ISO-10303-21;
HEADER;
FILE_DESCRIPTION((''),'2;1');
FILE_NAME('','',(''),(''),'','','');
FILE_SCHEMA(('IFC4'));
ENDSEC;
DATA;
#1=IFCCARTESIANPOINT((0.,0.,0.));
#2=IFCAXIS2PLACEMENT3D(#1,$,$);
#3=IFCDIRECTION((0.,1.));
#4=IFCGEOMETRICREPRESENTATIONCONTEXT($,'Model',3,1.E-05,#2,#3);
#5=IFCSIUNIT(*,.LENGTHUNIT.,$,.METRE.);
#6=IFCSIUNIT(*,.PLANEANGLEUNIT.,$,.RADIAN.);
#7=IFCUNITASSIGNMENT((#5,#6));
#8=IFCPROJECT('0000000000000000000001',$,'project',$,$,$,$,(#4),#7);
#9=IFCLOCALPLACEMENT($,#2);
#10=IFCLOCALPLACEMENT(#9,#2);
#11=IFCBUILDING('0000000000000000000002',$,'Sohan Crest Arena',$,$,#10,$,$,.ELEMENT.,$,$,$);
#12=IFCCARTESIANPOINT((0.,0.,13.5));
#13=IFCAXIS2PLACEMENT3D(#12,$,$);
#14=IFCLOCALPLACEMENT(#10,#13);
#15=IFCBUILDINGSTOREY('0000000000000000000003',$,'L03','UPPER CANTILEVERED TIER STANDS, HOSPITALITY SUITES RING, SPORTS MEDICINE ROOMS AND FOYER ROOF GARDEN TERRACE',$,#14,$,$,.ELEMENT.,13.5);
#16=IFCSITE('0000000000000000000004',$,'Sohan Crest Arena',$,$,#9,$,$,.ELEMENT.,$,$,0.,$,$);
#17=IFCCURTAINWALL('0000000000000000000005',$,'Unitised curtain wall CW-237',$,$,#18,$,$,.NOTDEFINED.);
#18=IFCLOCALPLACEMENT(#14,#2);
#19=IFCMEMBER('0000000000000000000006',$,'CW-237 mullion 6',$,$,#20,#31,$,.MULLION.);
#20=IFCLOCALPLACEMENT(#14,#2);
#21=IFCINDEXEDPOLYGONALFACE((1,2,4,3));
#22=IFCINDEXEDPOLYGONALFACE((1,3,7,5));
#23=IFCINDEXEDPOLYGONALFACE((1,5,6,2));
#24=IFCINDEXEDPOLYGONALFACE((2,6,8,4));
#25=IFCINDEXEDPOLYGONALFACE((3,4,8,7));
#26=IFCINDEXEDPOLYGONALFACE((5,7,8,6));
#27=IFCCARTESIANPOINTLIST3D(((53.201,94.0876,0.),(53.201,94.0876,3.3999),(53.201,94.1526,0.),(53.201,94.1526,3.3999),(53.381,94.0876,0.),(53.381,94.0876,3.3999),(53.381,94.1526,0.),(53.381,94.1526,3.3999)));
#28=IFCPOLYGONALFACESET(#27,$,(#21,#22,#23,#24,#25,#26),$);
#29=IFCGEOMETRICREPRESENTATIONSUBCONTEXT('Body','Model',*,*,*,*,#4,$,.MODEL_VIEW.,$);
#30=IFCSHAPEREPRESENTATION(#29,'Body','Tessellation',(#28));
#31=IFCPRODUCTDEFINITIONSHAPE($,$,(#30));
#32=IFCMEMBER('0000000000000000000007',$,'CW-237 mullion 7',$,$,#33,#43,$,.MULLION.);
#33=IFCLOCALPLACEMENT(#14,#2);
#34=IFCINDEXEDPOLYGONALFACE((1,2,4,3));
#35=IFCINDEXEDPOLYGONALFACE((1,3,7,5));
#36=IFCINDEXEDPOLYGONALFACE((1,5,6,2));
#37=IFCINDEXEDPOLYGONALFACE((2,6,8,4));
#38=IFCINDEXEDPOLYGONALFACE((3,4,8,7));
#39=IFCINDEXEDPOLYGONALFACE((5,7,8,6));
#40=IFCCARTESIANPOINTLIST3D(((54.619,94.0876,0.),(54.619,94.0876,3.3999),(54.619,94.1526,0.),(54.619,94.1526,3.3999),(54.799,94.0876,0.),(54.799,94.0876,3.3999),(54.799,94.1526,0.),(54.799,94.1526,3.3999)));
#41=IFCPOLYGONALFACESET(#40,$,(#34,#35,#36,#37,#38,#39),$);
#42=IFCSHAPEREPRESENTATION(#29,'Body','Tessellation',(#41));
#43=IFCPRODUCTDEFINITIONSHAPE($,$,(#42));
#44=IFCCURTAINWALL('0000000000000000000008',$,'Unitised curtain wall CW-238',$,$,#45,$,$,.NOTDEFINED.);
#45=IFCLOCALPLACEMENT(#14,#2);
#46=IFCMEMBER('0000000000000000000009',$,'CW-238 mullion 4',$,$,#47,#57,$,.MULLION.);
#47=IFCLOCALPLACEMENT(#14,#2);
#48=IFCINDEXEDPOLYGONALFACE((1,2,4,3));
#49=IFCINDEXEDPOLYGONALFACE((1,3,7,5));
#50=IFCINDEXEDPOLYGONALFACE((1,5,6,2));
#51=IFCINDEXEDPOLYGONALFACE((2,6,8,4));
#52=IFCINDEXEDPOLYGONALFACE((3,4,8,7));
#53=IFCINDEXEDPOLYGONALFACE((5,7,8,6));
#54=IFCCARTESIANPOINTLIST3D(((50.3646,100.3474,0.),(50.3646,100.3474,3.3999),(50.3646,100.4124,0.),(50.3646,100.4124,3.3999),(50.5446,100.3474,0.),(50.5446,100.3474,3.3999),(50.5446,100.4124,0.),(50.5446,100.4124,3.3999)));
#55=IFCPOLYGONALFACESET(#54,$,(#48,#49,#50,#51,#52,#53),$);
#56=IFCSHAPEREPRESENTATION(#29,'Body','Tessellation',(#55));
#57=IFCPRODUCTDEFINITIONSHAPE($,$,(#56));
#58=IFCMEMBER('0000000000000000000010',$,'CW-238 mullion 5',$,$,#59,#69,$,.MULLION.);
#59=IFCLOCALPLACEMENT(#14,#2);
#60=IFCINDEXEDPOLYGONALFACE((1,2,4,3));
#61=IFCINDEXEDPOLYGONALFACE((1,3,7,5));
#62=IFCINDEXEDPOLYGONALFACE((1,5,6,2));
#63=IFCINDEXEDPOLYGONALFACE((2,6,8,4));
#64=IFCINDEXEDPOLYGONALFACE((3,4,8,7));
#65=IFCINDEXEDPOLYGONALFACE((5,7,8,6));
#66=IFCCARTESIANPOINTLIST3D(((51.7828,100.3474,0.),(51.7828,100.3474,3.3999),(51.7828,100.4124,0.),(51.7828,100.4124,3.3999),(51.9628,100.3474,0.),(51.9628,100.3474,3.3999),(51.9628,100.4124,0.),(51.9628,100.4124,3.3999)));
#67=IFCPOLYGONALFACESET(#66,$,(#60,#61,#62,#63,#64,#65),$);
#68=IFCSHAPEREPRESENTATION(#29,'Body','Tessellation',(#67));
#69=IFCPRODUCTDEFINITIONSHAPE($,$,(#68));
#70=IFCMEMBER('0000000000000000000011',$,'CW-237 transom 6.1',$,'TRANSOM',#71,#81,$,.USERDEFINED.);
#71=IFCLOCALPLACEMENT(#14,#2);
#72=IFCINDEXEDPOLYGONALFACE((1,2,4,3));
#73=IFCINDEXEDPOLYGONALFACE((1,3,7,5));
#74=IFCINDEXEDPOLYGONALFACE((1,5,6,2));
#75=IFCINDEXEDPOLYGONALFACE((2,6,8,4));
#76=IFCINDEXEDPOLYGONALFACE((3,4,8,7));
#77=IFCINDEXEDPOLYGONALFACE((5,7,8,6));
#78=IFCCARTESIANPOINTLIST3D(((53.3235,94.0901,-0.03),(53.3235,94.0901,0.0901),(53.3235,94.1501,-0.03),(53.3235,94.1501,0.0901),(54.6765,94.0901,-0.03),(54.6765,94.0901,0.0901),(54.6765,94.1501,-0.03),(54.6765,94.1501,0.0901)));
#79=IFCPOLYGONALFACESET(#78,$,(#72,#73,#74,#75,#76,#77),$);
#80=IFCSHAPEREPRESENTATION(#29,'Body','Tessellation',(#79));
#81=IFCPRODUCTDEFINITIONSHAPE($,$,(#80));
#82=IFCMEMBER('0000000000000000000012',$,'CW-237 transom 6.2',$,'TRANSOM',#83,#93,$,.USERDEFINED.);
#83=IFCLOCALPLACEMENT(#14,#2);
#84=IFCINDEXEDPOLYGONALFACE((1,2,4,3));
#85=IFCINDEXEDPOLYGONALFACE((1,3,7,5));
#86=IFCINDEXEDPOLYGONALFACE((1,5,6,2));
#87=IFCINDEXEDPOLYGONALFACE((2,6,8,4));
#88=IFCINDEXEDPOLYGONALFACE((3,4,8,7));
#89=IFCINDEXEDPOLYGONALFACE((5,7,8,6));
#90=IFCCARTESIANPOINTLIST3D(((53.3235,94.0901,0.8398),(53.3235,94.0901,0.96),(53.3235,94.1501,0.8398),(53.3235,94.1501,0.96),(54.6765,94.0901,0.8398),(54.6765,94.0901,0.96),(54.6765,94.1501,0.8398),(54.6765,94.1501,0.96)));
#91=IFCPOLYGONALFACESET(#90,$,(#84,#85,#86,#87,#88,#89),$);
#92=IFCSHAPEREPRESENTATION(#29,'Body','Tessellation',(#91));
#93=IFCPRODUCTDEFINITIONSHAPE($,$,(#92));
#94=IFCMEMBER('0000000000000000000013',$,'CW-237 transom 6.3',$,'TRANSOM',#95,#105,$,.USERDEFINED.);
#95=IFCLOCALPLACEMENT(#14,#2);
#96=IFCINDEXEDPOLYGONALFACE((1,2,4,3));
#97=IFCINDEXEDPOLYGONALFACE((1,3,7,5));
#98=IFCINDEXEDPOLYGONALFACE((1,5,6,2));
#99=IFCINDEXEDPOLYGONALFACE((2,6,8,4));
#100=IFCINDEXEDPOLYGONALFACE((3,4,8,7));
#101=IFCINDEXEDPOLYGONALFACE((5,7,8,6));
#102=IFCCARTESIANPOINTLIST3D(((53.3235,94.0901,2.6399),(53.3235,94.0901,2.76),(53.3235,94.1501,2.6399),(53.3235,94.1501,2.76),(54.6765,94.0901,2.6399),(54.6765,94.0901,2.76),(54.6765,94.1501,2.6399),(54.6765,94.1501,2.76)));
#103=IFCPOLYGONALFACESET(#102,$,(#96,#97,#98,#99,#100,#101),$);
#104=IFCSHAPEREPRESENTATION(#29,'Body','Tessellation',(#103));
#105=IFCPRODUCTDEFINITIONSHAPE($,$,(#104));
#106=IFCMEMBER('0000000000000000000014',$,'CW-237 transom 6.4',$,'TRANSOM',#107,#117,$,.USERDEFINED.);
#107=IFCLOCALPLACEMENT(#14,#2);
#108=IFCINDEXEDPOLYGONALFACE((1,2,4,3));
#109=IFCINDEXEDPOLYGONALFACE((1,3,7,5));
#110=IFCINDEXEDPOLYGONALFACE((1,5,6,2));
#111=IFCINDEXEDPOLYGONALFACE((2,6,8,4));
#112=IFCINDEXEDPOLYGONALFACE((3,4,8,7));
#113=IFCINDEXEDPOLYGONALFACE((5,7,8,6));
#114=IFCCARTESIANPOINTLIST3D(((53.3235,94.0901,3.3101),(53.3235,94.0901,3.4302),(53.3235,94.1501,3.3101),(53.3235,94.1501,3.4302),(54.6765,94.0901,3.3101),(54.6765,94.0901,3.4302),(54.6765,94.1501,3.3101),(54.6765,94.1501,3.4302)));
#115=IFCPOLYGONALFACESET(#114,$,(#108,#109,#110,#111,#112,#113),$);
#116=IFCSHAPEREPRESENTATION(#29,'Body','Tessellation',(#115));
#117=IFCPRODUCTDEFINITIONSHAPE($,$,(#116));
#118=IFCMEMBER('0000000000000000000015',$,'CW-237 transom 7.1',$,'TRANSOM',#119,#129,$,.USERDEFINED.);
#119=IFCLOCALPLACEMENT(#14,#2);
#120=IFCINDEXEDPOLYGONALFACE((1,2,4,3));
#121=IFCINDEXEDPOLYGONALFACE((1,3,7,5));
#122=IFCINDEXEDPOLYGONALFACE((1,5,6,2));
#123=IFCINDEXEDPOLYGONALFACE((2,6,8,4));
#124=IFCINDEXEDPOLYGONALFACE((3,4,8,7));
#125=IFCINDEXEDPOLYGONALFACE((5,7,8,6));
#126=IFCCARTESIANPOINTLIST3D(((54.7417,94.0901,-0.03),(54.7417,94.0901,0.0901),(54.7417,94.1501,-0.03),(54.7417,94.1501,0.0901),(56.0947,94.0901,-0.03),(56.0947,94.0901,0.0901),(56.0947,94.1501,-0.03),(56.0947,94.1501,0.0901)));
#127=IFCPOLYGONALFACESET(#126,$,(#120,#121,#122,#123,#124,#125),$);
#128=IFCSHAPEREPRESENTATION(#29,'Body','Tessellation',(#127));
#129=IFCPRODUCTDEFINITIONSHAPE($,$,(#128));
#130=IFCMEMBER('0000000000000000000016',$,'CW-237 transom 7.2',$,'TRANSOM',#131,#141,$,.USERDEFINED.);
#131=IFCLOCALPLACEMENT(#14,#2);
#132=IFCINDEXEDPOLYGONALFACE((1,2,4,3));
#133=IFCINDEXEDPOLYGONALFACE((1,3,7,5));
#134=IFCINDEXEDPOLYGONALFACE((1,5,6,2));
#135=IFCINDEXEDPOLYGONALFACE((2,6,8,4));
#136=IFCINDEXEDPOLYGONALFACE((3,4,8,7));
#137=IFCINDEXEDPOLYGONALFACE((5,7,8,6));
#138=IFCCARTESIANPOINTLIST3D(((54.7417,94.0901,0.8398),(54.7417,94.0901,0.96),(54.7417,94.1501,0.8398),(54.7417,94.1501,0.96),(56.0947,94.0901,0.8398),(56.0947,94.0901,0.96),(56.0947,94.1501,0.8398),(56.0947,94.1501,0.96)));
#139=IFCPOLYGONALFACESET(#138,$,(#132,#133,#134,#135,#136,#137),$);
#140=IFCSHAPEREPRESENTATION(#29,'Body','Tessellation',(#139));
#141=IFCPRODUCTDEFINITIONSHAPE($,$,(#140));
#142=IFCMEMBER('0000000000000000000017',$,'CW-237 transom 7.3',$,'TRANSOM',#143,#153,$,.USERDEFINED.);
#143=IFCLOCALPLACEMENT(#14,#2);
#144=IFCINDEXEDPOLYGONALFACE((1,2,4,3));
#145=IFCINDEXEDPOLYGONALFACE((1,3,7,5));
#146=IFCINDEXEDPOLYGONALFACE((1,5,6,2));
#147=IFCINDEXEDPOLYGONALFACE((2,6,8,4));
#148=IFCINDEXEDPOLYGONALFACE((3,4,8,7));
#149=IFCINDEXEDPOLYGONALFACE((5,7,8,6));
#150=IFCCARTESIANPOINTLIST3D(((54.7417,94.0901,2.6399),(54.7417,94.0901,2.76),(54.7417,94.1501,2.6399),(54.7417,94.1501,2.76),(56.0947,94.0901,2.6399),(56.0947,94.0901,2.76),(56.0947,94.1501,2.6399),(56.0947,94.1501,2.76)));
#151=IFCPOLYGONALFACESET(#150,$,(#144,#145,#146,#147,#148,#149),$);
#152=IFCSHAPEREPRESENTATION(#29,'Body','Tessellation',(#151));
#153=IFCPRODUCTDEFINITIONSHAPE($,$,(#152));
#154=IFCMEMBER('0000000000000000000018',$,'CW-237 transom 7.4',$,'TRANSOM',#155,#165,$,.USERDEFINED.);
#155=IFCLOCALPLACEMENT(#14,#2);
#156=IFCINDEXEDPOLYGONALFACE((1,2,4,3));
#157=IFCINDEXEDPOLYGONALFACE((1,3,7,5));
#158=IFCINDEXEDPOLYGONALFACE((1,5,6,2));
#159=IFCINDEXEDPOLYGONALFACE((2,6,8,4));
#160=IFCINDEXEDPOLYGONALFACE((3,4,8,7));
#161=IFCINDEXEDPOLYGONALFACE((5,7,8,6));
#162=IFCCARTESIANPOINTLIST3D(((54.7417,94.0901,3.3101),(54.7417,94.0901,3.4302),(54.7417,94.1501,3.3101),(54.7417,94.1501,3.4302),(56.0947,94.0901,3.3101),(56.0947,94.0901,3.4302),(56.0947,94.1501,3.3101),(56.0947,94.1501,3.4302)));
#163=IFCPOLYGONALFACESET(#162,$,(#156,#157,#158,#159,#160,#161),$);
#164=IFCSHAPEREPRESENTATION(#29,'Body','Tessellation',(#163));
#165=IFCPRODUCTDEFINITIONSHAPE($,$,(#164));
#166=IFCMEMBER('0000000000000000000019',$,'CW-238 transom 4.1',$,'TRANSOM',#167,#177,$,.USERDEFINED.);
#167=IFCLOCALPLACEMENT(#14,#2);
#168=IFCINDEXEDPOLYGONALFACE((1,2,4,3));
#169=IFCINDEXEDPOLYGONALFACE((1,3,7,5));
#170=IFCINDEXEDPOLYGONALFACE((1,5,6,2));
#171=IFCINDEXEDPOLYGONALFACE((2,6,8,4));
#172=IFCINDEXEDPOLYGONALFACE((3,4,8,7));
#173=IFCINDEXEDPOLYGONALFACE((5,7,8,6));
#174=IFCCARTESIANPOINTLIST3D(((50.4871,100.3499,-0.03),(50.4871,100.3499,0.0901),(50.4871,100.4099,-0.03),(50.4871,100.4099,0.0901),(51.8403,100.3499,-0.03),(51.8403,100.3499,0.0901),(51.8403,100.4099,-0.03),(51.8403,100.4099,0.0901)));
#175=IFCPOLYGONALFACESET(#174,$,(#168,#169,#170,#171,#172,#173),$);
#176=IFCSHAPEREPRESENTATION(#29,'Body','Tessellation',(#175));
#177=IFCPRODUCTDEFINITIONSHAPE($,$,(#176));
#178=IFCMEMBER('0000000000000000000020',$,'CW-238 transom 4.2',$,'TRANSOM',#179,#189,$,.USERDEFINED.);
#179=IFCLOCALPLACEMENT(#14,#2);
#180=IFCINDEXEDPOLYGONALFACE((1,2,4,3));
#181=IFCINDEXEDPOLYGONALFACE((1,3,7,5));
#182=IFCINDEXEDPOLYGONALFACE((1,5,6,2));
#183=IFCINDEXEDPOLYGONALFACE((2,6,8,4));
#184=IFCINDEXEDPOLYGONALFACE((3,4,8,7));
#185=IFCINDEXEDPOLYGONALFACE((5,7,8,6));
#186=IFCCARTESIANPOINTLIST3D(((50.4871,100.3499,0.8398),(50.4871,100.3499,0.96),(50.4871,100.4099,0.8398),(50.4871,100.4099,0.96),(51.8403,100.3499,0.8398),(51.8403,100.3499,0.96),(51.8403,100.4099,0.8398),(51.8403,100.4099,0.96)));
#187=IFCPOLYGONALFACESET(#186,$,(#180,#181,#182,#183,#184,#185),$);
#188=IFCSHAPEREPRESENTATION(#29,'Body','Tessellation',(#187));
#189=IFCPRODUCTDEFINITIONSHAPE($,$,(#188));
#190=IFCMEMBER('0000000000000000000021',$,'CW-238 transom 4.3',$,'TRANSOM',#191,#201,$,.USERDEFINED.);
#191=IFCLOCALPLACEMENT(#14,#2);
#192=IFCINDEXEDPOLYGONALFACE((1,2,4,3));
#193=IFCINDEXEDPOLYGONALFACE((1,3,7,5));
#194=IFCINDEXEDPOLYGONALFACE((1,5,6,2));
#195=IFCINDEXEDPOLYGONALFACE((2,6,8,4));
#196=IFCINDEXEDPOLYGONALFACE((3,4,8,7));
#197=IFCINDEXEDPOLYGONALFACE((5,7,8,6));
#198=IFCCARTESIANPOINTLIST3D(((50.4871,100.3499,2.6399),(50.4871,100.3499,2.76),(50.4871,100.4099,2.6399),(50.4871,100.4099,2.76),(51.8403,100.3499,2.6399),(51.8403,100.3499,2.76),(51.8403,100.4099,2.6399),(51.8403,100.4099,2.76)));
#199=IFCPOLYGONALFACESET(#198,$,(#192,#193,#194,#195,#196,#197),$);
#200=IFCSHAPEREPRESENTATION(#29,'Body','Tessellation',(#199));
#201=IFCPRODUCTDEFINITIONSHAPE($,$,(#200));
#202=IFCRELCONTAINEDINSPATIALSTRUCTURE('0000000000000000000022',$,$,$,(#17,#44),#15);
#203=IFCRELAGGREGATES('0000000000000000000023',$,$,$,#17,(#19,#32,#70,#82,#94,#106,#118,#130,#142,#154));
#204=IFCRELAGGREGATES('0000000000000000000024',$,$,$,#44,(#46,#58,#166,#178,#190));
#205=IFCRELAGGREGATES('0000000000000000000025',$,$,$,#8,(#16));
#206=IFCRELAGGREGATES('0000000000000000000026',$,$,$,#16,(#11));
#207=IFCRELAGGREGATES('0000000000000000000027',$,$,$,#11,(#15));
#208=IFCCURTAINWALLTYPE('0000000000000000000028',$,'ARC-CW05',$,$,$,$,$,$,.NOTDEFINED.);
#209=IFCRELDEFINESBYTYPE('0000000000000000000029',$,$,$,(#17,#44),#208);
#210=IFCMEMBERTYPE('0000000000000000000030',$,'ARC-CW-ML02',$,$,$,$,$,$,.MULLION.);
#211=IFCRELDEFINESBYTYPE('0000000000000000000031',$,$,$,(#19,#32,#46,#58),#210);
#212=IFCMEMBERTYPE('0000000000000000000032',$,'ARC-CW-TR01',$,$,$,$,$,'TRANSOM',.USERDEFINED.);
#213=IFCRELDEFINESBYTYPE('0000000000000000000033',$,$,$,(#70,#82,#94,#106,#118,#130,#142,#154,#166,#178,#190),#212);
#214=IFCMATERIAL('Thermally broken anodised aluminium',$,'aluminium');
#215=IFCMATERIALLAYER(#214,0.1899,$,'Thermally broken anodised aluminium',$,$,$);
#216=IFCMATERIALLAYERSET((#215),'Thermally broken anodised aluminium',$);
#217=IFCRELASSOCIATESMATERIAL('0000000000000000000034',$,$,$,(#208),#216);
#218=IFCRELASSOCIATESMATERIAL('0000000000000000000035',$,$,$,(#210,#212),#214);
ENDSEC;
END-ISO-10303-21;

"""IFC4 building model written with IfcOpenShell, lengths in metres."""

from ifc_helpers import new_model, si_unit, direction, frame, origin, origin_2d, place, context, subcontext, project, spatial, rectangle, extrude, material, layer, layer_set, material_profile, profile_set, type_object, element, aggregate, save


model = new_model("IFC4")

# Units and contexts
model_context = context("Model", 3, precision=1e-05, world=origin(), true_north=direction((0.0, 1.0)))
body_context = subcontext(model_context, "Body", "Model", "MODEL_VIEW")
ifc_project = project(units=[si_unit("LENGTHUNIT", "METRE"), si_unit("PLANEANGLEUNIT", "RADIAN")], contexts=[model_context])

# Site, building, storey
site_placement = place(None, origin())
site = spatial("IfcSite", under=ifc_project, at=site_placement, Name="Sohan Crest Arena", CompositionType="ELEMENT", RefElevation=0.0)
building_placement = place(site_placement, origin())
building = spatial("IfcBuilding", under=site, at=building_placement, Name="Sohan Crest Arena", CompositionType="ELEMENT")
storey_placement = place(building_placement, frame((0.0, 0.0, 13.5)))
storey = spatial("IfcBuildingStorey", under=building, at=storey_placement, Name="L03", Description="UPPER CANTILEVERED TIER STANDS, HOSPITALITY SUITES RING, SPORTS MEDICINE ROOMS AND FOYER ROOF GARDEN TERRACE", CompositionType="ELEMENT", Elevation=13.5)

# Curtain walls, members
ifc_material_1 = material(Name="Thermally broken anodised aluminium", Category="aluminium")
ifc_layer_1 = layer(ifc_material_1, 0.1899, Name="Thermally broken anodised aluminium")
ifc_layer_set_1 = layer_set([ifc_layer_1], Name="Thermally broken anodised aluminium")
curtain_wall_type = type_object("IfcCurtainWallType", Name="ARC-CW05", PredefinedType="NOTDEFINED", material=ifc_layer_set_1)
curtain_wall_1_placement = place(storey_placement, origin())
curtain_wall_1 = element("IfcCurtainWall", 1, at=curtain_wall_1_placement, inside=storey, type_object=curtain_wall_type, Name="Unitised curtain wall CW-237", PredefinedType="NOTDEFINED")
ifc_material_profile_1 = material_profile(ifc_material_1, rectangle(XDim=0.0649, YDim=0.1799, at=origin_2d()), Name="ALU-MULL 65x180")
ifc_profile_set_1 = profile_set([ifc_material_profile_1], Name="Thermally broken anodised aluminium")
member_type_1 = type_object("IfcMemberType", Name="ARC-CW-ML02", PredefinedType="MULLION", material=ifc_profile_set_1)
member_1_placement = place(storey_placement, frame((53.291, 94.1201, 0.0), z_axis=(0.0, 0.0, 1.0), x_axis=(0.0, 1.0, 0.0)))
member_1 = element("IfcMember", 2, at=member_1_placement, type_object=member_type_1, Name="CW-237 mullion 6", PredefinedType="MULLION", context=body_context, shape_type="SweptSolid", body=[
    extrude(rectangle(XDim=0.0649, YDim=0.1799, at=origin_2d()), origin(), (0.0, 0.0, 1.0), 3.3999),
])
member_2_placement = place(storey_placement, frame((54.709, 94.1201, 0.0), z_axis=(0.0, 0.0, 1.0), x_axis=(0.0, 1.0, 0.0)))
member_2 = element("IfcMember", 3, at=member_2_placement, type_object=member_type_1, Name="CW-237 mullion 7", PredefinedType="MULLION", context=body_context, shape_type="SweptSolid", body=[
    extrude(rectangle(XDim=0.0649, YDim=0.1799, at=origin_2d()), origin(), (0.0, 0.0, 1.0), 3.3999),
])
curtain_wall_2_placement = place(storey_placement, origin())
curtain_wall_2 = element("IfcCurtainWall", 4, at=curtain_wall_2_placement, inside=storey, type_object=curtain_wall_type, Name="Unitised curtain wall CW-238", PredefinedType="NOTDEFINED")
member_3_placement = place(storey_placement, frame((50.4546, 100.3799, 0.0), z_axis=(0.0, 0.0, 1.0), x_axis=(0.0, 1.0, 0.0)))
member_3 = element("IfcMember", 5, at=member_3_placement, type_object=member_type_1, Name="CW-238 mullion 4", PredefinedType="MULLION", context=body_context, shape_type="SweptSolid", body=[
    extrude(rectangle(XDim=0.0649, YDim=0.1799, at=origin_2d()), origin(), (0.0, 0.0, 1.0), 3.3999),
])
member_4_placement = place(storey_placement, frame((51.8728, 100.3799, 0.0), z_axis=(0.0, 0.0, 1.0), x_axis=(0.0, 1.0, 0.0)))
member_4 = element("IfcMember", 6, at=member_4_placement, type_object=member_type_1, Name="CW-238 mullion 5", PredefinedType="MULLION", context=body_context, shape_type="SweptSolid", body=[
    extrude(rectangle(XDim=0.0649, YDim=0.1799, at=origin_2d()), origin(), (0.0, 0.0, 1.0), 3.3999),
])

# Members
ifc_material_profile_2 = material_profile(ifc_material_1, rectangle(XDim=0.0601, YDim=0.1201, at=origin_2d()), Name="ALU-TRAN 60x120")
ifc_profile_set_2 = profile_set([ifc_material_profile_2], Name="Thermally broken anodised aluminium")
member_type_2 = type_object("IfcMemberType", Name="ARC-CW-TR01", ElementType="TRANSOM", PredefinedType="USERDEFINED", material=ifc_profile_set_2)
member_5_placement = place(storey_placement, frame((53.3235, 94.1201, 0.03), z_axis=(1.0, 0.0, 0.0), x_axis=(0.0, 1.0, 0.0)))
member_5 = element("IfcMember", 7, at=member_5_placement, type_object=member_type_2, Name="CW-237 transom 6.1", ObjectType="TRANSOM", PredefinedType="USERDEFINED", context=body_context, shape_type="SweptSolid", body=[
    extrude(rectangle(XDim=0.0601, YDim=0.1201, at=origin_2d()), origin(), (0.0, 0.0, 1.0), 1.353),
])
member_6_placement = place(storey_placement, frame((53.3235, 94.1201, 0.8999), z_axis=(1.0, 0.0, 0.0), x_axis=(0.0, 1.0, 0.0)))
member_6 = element("IfcMember", 8, at=member_6_placement, type_object=member_type_2, Name="CW-237 transom 6.2", ObjectType="TRANSOM", PredefinedType="USERDEFINED", context=body_context, shape_type="SweptSolid", body=[
    extrude(rectangle(XDim=0.0601, YDim=0.1201, at=origin_2d()), origin(), (0.0, 0.0, 1.0), 1.353),
])
member_7_placement = place(storey_placement, frame((53.3235, 94.1201, 2.7), z_axis=(1.0, 0.0, 0.0), x_axis=(0.0, 1.0, 0.0)))
member_7 = element("IfcMember", 9, at=member_7_placement, type_object=member_type_2, Name="CW-237 transom 6.3", ObjectType="TRANSOM", PredefinedType="USERDEFINED", context=body_context, shape_type="SweptSolid", body=[
    extrude(rectangle(XDim=0.0601, YDim=0.1201, at=origin_2d()), origin(), (0.0, 0.0, 1.0), 1.353),
])
member_8_placement = place(storey_placement, frame((53.3235, 94.1201, 3.3701), z_axis=(1.0, 0.0, 0.0), x_axis=(0.0, 1.0, 0.0)))
member_8 = element("IfcMember", 10, at=member_8_placement, type_object=member_type_2, Name="CW-237 transom 6.4", ObjectType="TRANSOM", PredefinedType="USERDEFINED", context=body_context, shape_type="SweptSolid", body=[
    extrude(rectangle(XDim=0.0601, YDim=0.1201, at=origin_2d()), origin(), (0.0, 0.0, 1.0), 1.353),
])
member_9_placement = place(storey_placement, frame((54.7417, 94.1201, 0.03), z_axis=(1.0, 0.0, 0.0), x_axis=(0.0, 1.0, 0.0)))
member_9 = element("IfcMember", 11, at=member_9_placement, type_object=member_type_2, Name="CW-237 transom 7.1", ObjectType="TRANSOM", PredefinedType="USERDEFINED", context=body_context, shape_type="SweptSolid", body=[
    extrude(rectangle(XDim=0.0601, YDim=0.1201, at=origin_2d()), origin(), (0.0, 0.0, 1.0), 1.353),
])
member_10_placement = place(storey_placement, frame((54.7417, 94.1201, 0.8999), z_axis=(1.0, 0.0, 0.0), x_axis=(0.0, 1.0, 0.0)))
member_10 = element("IfcMember", 12, at=member_10_placement, type_object=member_type_2, Name="CW-237 transom 7.2", ObjectType="TRANSOM", PredefinedType="USERDEFINED", context=body_context, shape_type="SweptSolid", body=[
    extrude(rectangle(XDim=0.0601, YDim=0.1201, at=origin_2d()), origin(), (0.0, 0.0, 1.0), 1.353),
])
member_11_placement = place(storey_placement, frame((54.7417, 94.1201, 2.7), z_axis=(1.0, 0.0, 0.0), x_axis=(0.0, 1.0, 0.0)))
member_11 = element("IfcMember", 13, at=member_11_placement, type_object=member_type_2, Name="CW-237 transom 7.3", ObjectType="TRANSOM", PredefinedType="USERDEFINED", context=body_context, shape_type="SweptSolid", body=[
    extrude(rectangle(XDim=0.0601, YDim=0.1201, at=origin_2d()), origin(), (0.0, 0.0, 1.0), 1.353),
])
member_12_placement = place(storey_placement, frame((54.7417, 94.1201, 3.3701), z_axis=(1.0, 0.0, 0.0), x_axis=(0.0, 1.0, 0.0)))
member_12 = element("IfcMember", 14, at=member_12_placement, type_object=member_type_2, Name="CW-237 transom 7.4", ObjectType="TRANSOM", PredefinedType="USERDEFINED", context=body_context, shape_type="SweptSolid", body=[
    extrude(rectangle(XDim=0.0601, YDim=0.1201, at=origin_2d()), origin(), (0.0, 0.0, 1.0), 1.353),
])
member_13_placement = place(storey_placement, frame((50.4871, 100.3799, 0.03), z_axis=(1.0, 0.0, 0.0), x_axis=(0.0, 1.0, 0.0)))
member_13 = element("IfcMember", 15, at=member_13_placement, type_object=member_type_2, Name="CW-238 transom 4.1", ObjectType="TRANSOM", PredefinedType="USERDEFINED", context=body_context, shape_type="SweptSolid", body=[
    extrude(rectangle(XDim=0.0601, YDim=0.1201, at=origin_2d()), origin(), (0.0, 0.0, 1.0), 1.3533),
])
member_14_placement = place(storey_placement, frame((50.4871, 100.3799, 0.8999), z_axis=(1.0, 0.0, 0.0), x_axis=(0.0, 1.0, 0.0)))
member_14 = element("IfcMember", 16, at=member_14_placement, type_object=member_type_2, Name="CW-238 transom 4.2", ObjectType="TRANSOM", PredefinedType="USERDEFINED", context=body_context, shape_type="SweptSolid", body=[
    extrude(rectangle(XDim=0.0601, YDim=0.1201, at=origin_2d()), origin(), (0.0, 0.0, 1.0), 1.3533),
])
member_15_placement = place(storey_placement, frame((50.4871, 100.3799, 2.7), z_axis=(1.0, 0.0, 0.0), x_axis=(0.0, 1.0, 0.0)))
member_15 = element("IfcMember", 17, at=member_15_placement, type_object=member_type_2, Name="CW-238 transom 4.3", ObjectType="TRANSOM", PredefinedType="USERDEFINED", context=body_context, shape_type="SweptSolid", body=[
    extrude(rectangle(XDim=0.0601, YDim=0.1201, at=origin_2d()), origin(), (0.0, 0.0, 1.0), 1.3533),
])

aggregate(curtain_wall_1, [member_1, member_2, member_5, member_6, member_7, member_8, member_9, member_10, member_11, member_12])
aggregate(curtain_wall_2, [member_3, member_4, member_13, member_14, member_15])

save(model, "model.ifc")
